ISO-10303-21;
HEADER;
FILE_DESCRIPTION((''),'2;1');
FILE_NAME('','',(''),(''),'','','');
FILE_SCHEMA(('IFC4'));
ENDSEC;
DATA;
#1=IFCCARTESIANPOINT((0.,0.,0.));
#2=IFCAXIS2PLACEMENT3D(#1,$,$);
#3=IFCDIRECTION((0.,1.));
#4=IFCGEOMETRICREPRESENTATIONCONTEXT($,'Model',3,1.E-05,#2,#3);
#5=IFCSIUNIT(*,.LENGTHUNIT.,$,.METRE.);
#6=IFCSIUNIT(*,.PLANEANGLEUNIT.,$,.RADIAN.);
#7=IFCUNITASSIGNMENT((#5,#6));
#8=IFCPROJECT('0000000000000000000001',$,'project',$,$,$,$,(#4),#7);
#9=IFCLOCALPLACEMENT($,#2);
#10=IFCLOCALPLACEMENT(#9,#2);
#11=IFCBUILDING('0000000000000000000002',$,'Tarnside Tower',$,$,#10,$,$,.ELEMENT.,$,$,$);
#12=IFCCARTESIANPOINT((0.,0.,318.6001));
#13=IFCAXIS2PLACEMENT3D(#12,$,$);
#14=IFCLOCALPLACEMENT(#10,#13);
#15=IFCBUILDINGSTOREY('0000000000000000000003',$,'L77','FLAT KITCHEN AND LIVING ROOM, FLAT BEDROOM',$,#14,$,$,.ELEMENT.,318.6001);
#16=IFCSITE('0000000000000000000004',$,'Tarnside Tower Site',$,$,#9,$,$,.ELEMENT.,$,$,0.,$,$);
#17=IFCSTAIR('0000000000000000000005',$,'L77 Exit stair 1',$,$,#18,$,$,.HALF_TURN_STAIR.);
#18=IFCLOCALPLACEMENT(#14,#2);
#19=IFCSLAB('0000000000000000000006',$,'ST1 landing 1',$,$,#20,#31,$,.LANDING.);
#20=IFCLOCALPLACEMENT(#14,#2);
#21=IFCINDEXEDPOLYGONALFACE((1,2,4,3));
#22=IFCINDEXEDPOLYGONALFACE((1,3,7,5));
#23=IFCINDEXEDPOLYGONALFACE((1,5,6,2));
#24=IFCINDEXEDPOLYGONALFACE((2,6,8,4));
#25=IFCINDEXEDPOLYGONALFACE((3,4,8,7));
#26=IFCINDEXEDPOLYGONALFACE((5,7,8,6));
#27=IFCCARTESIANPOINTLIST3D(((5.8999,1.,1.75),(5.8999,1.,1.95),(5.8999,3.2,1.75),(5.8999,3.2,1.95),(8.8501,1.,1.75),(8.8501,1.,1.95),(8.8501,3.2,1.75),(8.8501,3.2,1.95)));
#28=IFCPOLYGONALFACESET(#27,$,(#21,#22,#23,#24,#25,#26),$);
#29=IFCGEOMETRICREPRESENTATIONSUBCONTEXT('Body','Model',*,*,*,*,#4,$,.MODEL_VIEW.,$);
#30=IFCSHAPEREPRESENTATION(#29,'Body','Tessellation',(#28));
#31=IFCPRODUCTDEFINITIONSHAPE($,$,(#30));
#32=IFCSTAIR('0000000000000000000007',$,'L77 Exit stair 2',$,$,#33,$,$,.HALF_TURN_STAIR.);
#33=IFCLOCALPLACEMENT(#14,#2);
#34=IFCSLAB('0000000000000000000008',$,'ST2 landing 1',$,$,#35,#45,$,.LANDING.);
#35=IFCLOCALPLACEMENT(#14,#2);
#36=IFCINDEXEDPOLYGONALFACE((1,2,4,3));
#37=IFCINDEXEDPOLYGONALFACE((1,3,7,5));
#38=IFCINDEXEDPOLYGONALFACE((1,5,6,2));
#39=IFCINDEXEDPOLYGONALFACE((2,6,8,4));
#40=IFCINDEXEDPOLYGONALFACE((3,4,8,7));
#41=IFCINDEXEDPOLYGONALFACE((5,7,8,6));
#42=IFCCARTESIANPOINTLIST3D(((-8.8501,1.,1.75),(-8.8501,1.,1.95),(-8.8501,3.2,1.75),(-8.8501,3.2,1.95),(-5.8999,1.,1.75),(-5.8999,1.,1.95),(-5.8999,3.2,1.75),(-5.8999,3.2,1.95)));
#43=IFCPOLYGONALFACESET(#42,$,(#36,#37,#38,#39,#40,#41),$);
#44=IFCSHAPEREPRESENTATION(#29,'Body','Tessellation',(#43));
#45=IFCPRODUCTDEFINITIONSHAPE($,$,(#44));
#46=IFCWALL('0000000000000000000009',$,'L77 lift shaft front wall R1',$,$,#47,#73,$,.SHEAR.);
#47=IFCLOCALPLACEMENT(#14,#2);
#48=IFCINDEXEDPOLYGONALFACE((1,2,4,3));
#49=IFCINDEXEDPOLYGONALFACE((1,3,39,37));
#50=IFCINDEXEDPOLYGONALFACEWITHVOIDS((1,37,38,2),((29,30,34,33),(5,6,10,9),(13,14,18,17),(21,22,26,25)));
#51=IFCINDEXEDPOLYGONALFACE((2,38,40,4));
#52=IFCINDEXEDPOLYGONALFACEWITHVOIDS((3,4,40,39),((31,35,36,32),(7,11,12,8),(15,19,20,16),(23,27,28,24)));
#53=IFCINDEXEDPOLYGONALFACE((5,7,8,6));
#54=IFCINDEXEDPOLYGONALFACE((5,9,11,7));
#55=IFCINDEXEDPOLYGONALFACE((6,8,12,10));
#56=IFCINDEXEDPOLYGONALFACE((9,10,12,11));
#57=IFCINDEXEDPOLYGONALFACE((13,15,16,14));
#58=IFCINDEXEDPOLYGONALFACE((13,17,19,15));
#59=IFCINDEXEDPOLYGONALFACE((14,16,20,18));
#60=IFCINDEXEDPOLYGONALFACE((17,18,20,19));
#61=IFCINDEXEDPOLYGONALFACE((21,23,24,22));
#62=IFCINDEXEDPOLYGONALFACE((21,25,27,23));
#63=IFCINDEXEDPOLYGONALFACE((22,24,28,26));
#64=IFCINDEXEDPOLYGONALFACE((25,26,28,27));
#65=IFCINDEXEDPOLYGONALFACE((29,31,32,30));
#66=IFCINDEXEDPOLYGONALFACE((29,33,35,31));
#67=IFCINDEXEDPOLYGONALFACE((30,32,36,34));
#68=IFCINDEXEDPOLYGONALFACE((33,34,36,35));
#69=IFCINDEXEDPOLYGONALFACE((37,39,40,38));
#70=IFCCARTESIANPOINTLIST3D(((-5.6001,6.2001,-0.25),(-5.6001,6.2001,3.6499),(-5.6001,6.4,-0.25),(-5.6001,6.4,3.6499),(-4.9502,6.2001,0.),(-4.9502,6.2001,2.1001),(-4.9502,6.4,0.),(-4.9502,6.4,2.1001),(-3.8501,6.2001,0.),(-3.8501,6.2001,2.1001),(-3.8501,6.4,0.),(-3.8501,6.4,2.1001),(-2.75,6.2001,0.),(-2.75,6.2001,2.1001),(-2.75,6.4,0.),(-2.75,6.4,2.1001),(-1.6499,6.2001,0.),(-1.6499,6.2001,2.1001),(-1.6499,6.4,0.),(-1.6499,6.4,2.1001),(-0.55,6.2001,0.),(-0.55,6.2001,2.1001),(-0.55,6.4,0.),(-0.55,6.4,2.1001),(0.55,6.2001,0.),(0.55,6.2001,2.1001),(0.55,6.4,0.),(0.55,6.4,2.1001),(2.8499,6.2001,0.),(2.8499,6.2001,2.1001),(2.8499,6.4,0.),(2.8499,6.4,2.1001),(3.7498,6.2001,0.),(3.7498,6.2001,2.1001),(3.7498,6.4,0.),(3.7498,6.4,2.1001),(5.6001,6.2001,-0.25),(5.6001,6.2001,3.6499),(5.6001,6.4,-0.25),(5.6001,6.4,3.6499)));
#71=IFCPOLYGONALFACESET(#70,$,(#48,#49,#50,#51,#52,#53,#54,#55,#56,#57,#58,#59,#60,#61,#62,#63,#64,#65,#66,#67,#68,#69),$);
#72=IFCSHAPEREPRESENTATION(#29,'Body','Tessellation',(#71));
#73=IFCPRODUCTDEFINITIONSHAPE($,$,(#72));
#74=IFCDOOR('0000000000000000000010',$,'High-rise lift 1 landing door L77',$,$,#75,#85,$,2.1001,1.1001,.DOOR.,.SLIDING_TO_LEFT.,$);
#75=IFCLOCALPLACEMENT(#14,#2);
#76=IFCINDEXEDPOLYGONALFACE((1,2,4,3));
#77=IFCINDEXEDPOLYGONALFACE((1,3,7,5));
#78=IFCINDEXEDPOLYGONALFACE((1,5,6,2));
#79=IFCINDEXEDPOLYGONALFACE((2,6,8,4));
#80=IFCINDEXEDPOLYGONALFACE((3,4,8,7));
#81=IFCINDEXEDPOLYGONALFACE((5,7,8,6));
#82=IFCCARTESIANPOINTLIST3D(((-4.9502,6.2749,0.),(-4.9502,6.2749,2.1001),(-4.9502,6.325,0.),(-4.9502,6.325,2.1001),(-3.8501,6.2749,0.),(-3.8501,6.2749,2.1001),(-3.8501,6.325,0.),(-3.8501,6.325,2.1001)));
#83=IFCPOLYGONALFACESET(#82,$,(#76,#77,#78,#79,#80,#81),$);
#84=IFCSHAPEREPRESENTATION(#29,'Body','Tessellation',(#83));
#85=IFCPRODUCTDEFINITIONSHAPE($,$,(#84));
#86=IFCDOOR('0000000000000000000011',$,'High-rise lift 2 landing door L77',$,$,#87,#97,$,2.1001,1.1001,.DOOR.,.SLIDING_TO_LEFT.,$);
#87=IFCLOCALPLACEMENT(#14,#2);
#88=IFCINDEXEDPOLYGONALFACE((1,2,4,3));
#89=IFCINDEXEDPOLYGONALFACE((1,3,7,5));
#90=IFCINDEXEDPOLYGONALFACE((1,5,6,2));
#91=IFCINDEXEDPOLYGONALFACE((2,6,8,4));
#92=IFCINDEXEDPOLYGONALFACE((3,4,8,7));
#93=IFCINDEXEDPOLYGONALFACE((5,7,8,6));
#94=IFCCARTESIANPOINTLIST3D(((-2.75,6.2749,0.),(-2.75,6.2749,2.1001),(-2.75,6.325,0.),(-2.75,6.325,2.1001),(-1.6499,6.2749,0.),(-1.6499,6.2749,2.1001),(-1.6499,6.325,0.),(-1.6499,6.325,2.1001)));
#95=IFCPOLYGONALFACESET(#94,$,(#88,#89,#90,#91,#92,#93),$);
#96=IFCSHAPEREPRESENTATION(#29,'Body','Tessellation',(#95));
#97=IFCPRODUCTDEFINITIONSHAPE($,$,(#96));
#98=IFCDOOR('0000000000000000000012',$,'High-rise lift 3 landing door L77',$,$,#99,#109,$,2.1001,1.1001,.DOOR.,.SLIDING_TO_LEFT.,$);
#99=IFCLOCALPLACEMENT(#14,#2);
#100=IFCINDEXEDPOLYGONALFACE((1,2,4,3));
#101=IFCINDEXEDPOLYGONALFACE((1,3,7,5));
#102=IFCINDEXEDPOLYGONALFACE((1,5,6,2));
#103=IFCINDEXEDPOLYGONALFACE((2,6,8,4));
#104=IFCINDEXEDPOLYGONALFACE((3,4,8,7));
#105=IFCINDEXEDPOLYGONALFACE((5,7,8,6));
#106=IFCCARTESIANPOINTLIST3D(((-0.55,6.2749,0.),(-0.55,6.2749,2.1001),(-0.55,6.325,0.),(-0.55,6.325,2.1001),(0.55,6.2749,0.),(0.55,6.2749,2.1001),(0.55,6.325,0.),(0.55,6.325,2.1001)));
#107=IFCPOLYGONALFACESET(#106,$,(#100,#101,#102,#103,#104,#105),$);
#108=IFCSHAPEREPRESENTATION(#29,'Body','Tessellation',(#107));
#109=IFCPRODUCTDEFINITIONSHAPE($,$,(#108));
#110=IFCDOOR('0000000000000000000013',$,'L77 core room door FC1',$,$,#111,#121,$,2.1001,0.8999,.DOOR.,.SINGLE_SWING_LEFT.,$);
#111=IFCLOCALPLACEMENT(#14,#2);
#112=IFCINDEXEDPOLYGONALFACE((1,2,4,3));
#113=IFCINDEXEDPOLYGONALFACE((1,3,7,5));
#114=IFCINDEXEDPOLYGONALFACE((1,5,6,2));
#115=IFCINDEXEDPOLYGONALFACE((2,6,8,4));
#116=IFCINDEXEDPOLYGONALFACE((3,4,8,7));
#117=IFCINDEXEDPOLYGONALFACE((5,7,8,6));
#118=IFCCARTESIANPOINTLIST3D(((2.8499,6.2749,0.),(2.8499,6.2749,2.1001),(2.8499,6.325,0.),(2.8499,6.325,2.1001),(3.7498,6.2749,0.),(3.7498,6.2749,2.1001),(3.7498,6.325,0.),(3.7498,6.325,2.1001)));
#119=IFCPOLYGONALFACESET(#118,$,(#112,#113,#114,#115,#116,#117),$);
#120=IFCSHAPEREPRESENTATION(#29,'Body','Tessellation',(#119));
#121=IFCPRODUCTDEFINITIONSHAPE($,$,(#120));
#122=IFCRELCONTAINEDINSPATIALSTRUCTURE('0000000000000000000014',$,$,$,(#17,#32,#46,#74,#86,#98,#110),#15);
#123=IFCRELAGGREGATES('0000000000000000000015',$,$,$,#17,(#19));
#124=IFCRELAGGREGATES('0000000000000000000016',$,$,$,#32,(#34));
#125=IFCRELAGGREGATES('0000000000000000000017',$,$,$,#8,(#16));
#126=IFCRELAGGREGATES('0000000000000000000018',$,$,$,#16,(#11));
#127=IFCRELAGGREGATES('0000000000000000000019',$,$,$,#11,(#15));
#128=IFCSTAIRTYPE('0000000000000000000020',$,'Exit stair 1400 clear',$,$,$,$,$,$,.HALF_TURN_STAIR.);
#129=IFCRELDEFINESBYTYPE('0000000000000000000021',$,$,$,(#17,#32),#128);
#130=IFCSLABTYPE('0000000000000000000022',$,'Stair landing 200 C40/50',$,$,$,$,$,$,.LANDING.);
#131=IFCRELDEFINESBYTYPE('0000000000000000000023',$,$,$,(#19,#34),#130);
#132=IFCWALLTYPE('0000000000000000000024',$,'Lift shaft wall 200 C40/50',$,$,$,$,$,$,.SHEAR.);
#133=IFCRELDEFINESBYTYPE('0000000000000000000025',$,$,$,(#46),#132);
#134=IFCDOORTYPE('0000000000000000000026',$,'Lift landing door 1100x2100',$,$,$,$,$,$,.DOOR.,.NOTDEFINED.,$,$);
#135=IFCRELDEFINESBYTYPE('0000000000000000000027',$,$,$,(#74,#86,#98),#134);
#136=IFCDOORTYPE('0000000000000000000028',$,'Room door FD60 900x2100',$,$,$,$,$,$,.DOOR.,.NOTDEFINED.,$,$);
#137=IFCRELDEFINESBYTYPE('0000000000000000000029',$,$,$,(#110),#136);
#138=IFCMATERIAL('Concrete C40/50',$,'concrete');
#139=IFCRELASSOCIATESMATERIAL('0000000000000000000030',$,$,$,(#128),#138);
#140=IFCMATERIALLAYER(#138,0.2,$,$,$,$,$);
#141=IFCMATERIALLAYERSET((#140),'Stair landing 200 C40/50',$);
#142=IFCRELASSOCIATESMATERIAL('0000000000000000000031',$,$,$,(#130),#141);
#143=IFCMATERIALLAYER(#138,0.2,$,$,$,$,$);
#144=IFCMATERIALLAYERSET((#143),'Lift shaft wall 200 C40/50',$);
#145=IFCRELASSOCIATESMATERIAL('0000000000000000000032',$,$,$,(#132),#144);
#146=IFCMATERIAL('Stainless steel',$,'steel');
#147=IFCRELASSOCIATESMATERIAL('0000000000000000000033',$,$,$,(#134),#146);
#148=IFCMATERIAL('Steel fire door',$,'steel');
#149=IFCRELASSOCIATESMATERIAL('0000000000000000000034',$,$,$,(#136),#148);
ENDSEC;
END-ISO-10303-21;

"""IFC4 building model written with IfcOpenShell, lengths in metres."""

from ifc_helpers import new_model, si_unit, direction, frame, frame_2d, origin, place, context, subcontext, project, spatial, polyline, rectangle, outline, extrude, material, layer, layer_set, type_object, element, fill, aggregate, save


model = new_model("IFC4")

# Units and contexts
model_context = context("Model", 3, precision=1e-05, world=origin(), true_north=direction((0.0, 1.0)))
body_context = subcontext(model_context, "Body", "Model", "MODEL_VIEW")
ifc_project = project(units=[si_unit("LENGTHUNIT", "METRE"), si_unit("PLANEANGLEUNIT", "RADIAN")], contexts=[model_context])

# Site, building, storey
site_placement = place(None, origin())
site = spatial("IfcSite", under=ifc_project, at=site_placement, Name="Tarnside Tower Site", CompositionType="ELEMENT", RefElevation=0.0)
building_placement = place(site_placement, origin())
building = spatial("IfcBuilding", under=site, at=building_placement, Name="Tarnside Tower", CompositionType="ELEMENT")
storey_placement = place(building_placement, frame((0.0, 0.0, 318.6001)))
storey = spatial("IfcBuildingStorey", under=building, at=storey_placement, Name="L77", Description="FLAT KITCHEN AND LIVING ROOM, FLAT BEDROOM", CompositionType="ELEMENT", Elevation=318.6001)

# Shared definitions
ifc_material_1 = material(Name="Concrete C40/50", Category="concrete")

# Stairs, slabs
stair_type = type_object("IfcStairType", Name="Exit stair 1400 clear", PredefinedType="HALF_TURN_STAIR", material=ifc_material_1)
stair_1_placement = place(storey_placement, origin())
stair_1 = element("IfcStair", 1, at=stair_1_placement, inside=storey, type_object=stair_type, Name="L77 Exit stair 1", PredefinedType="HALF_TURN_STAIR")
ifc_layer_1 = layer(ifc_material_1, 0.2)
ifc_layer_set_1 = layer_set([ifc_layer_1], Name="Stair landing 200 C40/50")
slab_type_1 = type_object("IfcSlabType", Name="Stair landing 200 C40/50", PredefinedType="LANDING", material=ifc_layer_set_1)
slab_1_placement = place(storey_placement, frame((0.0, 0.0, 1.75)))
slab_1 = element("IfcSlab", 2, at=slab_1_placement, type_object=slab_type_1, Name="ST1 landing 1", PredefinedType="LANDING", context=body_context, shape_type="SweptSolid", body=[
    extrude(outline(polyline([(8.8501, 1.0), (8.8501, 3.2), (5.8999, 3.2), (5.8999, 1.0), (8.8501, 1.0)])), origin(), (0.0, 0.0, 1.0), 0.2),
])
aggregate(stair_1, [slab_1])
stair_2_placement = place(storey_placement, origin())
stair_2 = element("IfcStair", 3, at=stair_2_placement, inside=storey, type_object=stair_type, Name="L77 Exit stair 2", PredefinedType="HALF_TURN_STAIR")
slab_2_placement = place(storey_placement, frame((0.0, 0.0, 1.75)))
slab_2 = element("IfcSlab", 4, at=slab_2_placement, type_object=slab_type_1, Name="ST2 landing 1", PredefinedType="LANDING", context=body_context, shape_type="SweptSolid", body=[
    extrude(outline(polyline([(-5.8999, 1.0), (-5.8999, 3.2), (-8.8501, 3.2), (-8.8501, 1.0), (-5.8999, 1.0)])), origin(), (0.0, 0.0, 1.0), 0.2),
])

# Wall, openings, doors
ifc_layer_2 = layer(ifc_material_1, 0.2)
ifc_layer_set_2 = layer_set([ifc_layer_2], Name="Lift shaft wall 200 C40/50")
wall_type = type_object("IfcWallType", Name="Lift shaft wall 200 C40/50", PredefinedType="SHEAR", material=ifc_layer_set_2)
wall_1_placement = place(storey_placement, frame((-5.6001, 6.3, -0.25), z_axis=(0.0, 0.0, 1.0), x_axis=(1.0, 0.0, 0.0)))
wall_1 = element("IfcWall", 5, at=wall_1_placement, inside=storey, type_object=wall_type, Name="L77 lift shaft front wall R1", PredefinedType="SHEAR", context=body_context, shape_type="SweptSolid", body=[
    extrude(rectangle(XDim=11.2002, YDim=0.2, at=frame_2d((5.6001, 0.0))), origin(), (0.0, 0.0, 1.0), 3.8999),
])
opening_1_placement = place(wall_1_placement, frame((8.45, 0.0, 0.25)))
opening_1 = element("IfcOpeningElement", 6, at=opening_1_placement, cuts=wall_1, PredefinedType="OPENING", context=body_context, shape_type="SweptSolid", body=[
    extrude(rectangle(XDim=0.8999, YDim=2.1001, at=frame_2d((0.45, 1.05))), frame((0.0, 0.1099, 0.0), z_axis=(0.0, -1.0, 0.0), x_axis=(1.0, 0.0, 0.0)), (0.0, 0.0, 1.0), 0.22),
])
opening_2_placement = place(wall_1_placement, frame((0.6499, 0.0, 0.25)))
opening_2 = element("IfcOpeningElement", 7, at=opening_2_placement, cuts=wall_1, PredefinedType="OPENING", context=body_context, shape_type="SweptSolid", body=[
    extrude(rectangle(XDim=1.1001, YDim=2.1001, at=frame_2d((0.55, 1.05))), frame((0.0, 0.1099, 0.0), z_axis=(0.0, -1.0, 0.0), x_axis=(1.0, 0.0, 0.0)), (0.0, 0.0, 1.0), 0.22),
])
opening_3_placement = place(wall_1_placement, frame((2.8501, 0.0, 0.25)))
opening_3 = element("IfcOpeningElement", 8, at=opening_3_placement, cuts=wall_1, PredefinedType="OPENING", context=body_context, shape_type="SweptSolid", body=[
    extrude(rectangle(XDim=1.1001, YDim=2.1001, at=frame_2d((0.55, 1.05))), frame((0.0, 0.1099, 0.0), z_axis=(0.0, -1.0, 0.0), x_axis=(1.0, 0.0, 0.0)), (0.0, 0.0, 1.0), 0.22),
])
opening_4_placement = place(wall_1_placement, frame((5.05, 0.0, 0.25)))
opening_4 = element("IfcOpeningElement", 9, at=opening_4_placement, cuts=wall_1, PredefinedType="OPENING", context=body_context, shape_type="SweptSolid", body=[
    extrude(rectangle(XDim=1.1001, YDim=2.1001, at=frame_2d((0.55, 1.05))), frame((0.0, 0.1099, 0.0), z_axis=(0.0, -1.0, 0.0), x_axis=(1.0, 0.0, 0.0)), (0.0, 0.0, 1.0), 0.22),
])
ifc_material_2 = material(Name="Stainless steel", Category="steel")
door_type_1 = type_object("IfcDoorType", Name="Lift landing door 1100x2100", OperationType="NOTDEFINED", PredefinedType="DOOR", material=ifc_material_2)
door_1_placement = place(opening_2_placement, origin())
door_1 = element("IfcDoor", 10, at=door_1_placement, inside=storey, type_object=door_type_1, Name="High-rise lift 1 landing door L77", OperationType="SLIDING_TO_LEFT", OverallHeight=2.1001, OverallWidth=1.1001, PredefinedType="DOOR", context=body_context, shape_type="SweptSolid", body=[
    extrude(rectangle(XDim=1.1001, YDim=2.1001, at=frame_2d((0.55, 1.05))), frame((0.0, 0.0249, 0.0), z_axis=(0.0, -1.0, 0.0), x_axis=(1.0, 0.0, 0.0)), (0.0, 0.0, 1.0), 0.05),
])
fill(opening_2, door_1)
door_2_placement = place(opening_3_placement, origin())
door_2 = element("IfcDoor", 11, at=door_2_placement, inside=storey, type_object=door_type_1, Name="High-rise lift 2 landing door L77", OperationType="SLIDING_TO_LEFT", OverallHeight=2.1001, OverallWidth=1.1001, PredefinedType="DOOR", context=body_context, shape_type="SweptSolid", body=[
    extrude(rectangle(XDim=1.1001, YDim=2.1001, at=frame_2d((0.55, 1.05))), frame((0.0, 0.0249, 0.0), z_axis=(0.0, -1.0, 0.0), x_axis=(1.0, 0.0, 0.0)), (0.0, 0.0, 1.0), 0.05),
])
fill(opening_3, door_2)
door_3_placement = place(opening_4_placement, origin())
door_3 = element("IfcDoor", 12, at=door_3_placement, inside=storey, type_object=door_type_1, Name="High-rise lift 3 landing door L77", OperationType="SLIDING_TO_LEFT", OverallHeight=2.1001, OverallWidth=1.1001, PredefinedType="DOOR", context=body_context, shape_type="SweptSolid", body=[
    extrude(rectangle(XDim=1.1001, YDim=2.1001, at=frame_2d((0.55, 1.05))), frame((0.0, 0.0249, 0.0), z_axis=(0.0, -1.0, 0.0), x_axis=(1.0, 0.0, 0.0)), (0.0, 0.0, 1.0), 0.05),
])
fill(opening_4, door_3)
ifc_material_3 = material(Name="Steel fire door", Category="steel")
door_type_2 = type_object("IfcDoorType", Name="Room door FD60 900x2100", OperationType="NOTDEFINED", PredefinedType="DOOR", material=ifc_material_3)
door_4_placement = place(opening_1_placement, origin())
door_4 = element("IfcDoor", 13, at=door_4_placement, inside=storey, type_object=door_type_2, Name="L77 core room door FC1", OperationType="SINGLE_SWING_LEFT", OverallHeight=2.1001, OverallWidth=0.8999, PredefinedType="DOOR", context=body_context, shape_type="SweptSolid", body=[
    extrude(rectangle(XDim=0.8999, YDim=2.1001, at=frame_2d((0.45, 1.05))), frame((0.0, 0.0249, 0.0), z_axis=(0.0, -1.0, 0.0), x_axis=(1.0, 0.0, 0.0)), (0.0, 0.0, 1.0), 0.05),
])
fill(opening_1, door_4)

aggregate(stair_2, [slab_2])

save(model, "model.ifc")
